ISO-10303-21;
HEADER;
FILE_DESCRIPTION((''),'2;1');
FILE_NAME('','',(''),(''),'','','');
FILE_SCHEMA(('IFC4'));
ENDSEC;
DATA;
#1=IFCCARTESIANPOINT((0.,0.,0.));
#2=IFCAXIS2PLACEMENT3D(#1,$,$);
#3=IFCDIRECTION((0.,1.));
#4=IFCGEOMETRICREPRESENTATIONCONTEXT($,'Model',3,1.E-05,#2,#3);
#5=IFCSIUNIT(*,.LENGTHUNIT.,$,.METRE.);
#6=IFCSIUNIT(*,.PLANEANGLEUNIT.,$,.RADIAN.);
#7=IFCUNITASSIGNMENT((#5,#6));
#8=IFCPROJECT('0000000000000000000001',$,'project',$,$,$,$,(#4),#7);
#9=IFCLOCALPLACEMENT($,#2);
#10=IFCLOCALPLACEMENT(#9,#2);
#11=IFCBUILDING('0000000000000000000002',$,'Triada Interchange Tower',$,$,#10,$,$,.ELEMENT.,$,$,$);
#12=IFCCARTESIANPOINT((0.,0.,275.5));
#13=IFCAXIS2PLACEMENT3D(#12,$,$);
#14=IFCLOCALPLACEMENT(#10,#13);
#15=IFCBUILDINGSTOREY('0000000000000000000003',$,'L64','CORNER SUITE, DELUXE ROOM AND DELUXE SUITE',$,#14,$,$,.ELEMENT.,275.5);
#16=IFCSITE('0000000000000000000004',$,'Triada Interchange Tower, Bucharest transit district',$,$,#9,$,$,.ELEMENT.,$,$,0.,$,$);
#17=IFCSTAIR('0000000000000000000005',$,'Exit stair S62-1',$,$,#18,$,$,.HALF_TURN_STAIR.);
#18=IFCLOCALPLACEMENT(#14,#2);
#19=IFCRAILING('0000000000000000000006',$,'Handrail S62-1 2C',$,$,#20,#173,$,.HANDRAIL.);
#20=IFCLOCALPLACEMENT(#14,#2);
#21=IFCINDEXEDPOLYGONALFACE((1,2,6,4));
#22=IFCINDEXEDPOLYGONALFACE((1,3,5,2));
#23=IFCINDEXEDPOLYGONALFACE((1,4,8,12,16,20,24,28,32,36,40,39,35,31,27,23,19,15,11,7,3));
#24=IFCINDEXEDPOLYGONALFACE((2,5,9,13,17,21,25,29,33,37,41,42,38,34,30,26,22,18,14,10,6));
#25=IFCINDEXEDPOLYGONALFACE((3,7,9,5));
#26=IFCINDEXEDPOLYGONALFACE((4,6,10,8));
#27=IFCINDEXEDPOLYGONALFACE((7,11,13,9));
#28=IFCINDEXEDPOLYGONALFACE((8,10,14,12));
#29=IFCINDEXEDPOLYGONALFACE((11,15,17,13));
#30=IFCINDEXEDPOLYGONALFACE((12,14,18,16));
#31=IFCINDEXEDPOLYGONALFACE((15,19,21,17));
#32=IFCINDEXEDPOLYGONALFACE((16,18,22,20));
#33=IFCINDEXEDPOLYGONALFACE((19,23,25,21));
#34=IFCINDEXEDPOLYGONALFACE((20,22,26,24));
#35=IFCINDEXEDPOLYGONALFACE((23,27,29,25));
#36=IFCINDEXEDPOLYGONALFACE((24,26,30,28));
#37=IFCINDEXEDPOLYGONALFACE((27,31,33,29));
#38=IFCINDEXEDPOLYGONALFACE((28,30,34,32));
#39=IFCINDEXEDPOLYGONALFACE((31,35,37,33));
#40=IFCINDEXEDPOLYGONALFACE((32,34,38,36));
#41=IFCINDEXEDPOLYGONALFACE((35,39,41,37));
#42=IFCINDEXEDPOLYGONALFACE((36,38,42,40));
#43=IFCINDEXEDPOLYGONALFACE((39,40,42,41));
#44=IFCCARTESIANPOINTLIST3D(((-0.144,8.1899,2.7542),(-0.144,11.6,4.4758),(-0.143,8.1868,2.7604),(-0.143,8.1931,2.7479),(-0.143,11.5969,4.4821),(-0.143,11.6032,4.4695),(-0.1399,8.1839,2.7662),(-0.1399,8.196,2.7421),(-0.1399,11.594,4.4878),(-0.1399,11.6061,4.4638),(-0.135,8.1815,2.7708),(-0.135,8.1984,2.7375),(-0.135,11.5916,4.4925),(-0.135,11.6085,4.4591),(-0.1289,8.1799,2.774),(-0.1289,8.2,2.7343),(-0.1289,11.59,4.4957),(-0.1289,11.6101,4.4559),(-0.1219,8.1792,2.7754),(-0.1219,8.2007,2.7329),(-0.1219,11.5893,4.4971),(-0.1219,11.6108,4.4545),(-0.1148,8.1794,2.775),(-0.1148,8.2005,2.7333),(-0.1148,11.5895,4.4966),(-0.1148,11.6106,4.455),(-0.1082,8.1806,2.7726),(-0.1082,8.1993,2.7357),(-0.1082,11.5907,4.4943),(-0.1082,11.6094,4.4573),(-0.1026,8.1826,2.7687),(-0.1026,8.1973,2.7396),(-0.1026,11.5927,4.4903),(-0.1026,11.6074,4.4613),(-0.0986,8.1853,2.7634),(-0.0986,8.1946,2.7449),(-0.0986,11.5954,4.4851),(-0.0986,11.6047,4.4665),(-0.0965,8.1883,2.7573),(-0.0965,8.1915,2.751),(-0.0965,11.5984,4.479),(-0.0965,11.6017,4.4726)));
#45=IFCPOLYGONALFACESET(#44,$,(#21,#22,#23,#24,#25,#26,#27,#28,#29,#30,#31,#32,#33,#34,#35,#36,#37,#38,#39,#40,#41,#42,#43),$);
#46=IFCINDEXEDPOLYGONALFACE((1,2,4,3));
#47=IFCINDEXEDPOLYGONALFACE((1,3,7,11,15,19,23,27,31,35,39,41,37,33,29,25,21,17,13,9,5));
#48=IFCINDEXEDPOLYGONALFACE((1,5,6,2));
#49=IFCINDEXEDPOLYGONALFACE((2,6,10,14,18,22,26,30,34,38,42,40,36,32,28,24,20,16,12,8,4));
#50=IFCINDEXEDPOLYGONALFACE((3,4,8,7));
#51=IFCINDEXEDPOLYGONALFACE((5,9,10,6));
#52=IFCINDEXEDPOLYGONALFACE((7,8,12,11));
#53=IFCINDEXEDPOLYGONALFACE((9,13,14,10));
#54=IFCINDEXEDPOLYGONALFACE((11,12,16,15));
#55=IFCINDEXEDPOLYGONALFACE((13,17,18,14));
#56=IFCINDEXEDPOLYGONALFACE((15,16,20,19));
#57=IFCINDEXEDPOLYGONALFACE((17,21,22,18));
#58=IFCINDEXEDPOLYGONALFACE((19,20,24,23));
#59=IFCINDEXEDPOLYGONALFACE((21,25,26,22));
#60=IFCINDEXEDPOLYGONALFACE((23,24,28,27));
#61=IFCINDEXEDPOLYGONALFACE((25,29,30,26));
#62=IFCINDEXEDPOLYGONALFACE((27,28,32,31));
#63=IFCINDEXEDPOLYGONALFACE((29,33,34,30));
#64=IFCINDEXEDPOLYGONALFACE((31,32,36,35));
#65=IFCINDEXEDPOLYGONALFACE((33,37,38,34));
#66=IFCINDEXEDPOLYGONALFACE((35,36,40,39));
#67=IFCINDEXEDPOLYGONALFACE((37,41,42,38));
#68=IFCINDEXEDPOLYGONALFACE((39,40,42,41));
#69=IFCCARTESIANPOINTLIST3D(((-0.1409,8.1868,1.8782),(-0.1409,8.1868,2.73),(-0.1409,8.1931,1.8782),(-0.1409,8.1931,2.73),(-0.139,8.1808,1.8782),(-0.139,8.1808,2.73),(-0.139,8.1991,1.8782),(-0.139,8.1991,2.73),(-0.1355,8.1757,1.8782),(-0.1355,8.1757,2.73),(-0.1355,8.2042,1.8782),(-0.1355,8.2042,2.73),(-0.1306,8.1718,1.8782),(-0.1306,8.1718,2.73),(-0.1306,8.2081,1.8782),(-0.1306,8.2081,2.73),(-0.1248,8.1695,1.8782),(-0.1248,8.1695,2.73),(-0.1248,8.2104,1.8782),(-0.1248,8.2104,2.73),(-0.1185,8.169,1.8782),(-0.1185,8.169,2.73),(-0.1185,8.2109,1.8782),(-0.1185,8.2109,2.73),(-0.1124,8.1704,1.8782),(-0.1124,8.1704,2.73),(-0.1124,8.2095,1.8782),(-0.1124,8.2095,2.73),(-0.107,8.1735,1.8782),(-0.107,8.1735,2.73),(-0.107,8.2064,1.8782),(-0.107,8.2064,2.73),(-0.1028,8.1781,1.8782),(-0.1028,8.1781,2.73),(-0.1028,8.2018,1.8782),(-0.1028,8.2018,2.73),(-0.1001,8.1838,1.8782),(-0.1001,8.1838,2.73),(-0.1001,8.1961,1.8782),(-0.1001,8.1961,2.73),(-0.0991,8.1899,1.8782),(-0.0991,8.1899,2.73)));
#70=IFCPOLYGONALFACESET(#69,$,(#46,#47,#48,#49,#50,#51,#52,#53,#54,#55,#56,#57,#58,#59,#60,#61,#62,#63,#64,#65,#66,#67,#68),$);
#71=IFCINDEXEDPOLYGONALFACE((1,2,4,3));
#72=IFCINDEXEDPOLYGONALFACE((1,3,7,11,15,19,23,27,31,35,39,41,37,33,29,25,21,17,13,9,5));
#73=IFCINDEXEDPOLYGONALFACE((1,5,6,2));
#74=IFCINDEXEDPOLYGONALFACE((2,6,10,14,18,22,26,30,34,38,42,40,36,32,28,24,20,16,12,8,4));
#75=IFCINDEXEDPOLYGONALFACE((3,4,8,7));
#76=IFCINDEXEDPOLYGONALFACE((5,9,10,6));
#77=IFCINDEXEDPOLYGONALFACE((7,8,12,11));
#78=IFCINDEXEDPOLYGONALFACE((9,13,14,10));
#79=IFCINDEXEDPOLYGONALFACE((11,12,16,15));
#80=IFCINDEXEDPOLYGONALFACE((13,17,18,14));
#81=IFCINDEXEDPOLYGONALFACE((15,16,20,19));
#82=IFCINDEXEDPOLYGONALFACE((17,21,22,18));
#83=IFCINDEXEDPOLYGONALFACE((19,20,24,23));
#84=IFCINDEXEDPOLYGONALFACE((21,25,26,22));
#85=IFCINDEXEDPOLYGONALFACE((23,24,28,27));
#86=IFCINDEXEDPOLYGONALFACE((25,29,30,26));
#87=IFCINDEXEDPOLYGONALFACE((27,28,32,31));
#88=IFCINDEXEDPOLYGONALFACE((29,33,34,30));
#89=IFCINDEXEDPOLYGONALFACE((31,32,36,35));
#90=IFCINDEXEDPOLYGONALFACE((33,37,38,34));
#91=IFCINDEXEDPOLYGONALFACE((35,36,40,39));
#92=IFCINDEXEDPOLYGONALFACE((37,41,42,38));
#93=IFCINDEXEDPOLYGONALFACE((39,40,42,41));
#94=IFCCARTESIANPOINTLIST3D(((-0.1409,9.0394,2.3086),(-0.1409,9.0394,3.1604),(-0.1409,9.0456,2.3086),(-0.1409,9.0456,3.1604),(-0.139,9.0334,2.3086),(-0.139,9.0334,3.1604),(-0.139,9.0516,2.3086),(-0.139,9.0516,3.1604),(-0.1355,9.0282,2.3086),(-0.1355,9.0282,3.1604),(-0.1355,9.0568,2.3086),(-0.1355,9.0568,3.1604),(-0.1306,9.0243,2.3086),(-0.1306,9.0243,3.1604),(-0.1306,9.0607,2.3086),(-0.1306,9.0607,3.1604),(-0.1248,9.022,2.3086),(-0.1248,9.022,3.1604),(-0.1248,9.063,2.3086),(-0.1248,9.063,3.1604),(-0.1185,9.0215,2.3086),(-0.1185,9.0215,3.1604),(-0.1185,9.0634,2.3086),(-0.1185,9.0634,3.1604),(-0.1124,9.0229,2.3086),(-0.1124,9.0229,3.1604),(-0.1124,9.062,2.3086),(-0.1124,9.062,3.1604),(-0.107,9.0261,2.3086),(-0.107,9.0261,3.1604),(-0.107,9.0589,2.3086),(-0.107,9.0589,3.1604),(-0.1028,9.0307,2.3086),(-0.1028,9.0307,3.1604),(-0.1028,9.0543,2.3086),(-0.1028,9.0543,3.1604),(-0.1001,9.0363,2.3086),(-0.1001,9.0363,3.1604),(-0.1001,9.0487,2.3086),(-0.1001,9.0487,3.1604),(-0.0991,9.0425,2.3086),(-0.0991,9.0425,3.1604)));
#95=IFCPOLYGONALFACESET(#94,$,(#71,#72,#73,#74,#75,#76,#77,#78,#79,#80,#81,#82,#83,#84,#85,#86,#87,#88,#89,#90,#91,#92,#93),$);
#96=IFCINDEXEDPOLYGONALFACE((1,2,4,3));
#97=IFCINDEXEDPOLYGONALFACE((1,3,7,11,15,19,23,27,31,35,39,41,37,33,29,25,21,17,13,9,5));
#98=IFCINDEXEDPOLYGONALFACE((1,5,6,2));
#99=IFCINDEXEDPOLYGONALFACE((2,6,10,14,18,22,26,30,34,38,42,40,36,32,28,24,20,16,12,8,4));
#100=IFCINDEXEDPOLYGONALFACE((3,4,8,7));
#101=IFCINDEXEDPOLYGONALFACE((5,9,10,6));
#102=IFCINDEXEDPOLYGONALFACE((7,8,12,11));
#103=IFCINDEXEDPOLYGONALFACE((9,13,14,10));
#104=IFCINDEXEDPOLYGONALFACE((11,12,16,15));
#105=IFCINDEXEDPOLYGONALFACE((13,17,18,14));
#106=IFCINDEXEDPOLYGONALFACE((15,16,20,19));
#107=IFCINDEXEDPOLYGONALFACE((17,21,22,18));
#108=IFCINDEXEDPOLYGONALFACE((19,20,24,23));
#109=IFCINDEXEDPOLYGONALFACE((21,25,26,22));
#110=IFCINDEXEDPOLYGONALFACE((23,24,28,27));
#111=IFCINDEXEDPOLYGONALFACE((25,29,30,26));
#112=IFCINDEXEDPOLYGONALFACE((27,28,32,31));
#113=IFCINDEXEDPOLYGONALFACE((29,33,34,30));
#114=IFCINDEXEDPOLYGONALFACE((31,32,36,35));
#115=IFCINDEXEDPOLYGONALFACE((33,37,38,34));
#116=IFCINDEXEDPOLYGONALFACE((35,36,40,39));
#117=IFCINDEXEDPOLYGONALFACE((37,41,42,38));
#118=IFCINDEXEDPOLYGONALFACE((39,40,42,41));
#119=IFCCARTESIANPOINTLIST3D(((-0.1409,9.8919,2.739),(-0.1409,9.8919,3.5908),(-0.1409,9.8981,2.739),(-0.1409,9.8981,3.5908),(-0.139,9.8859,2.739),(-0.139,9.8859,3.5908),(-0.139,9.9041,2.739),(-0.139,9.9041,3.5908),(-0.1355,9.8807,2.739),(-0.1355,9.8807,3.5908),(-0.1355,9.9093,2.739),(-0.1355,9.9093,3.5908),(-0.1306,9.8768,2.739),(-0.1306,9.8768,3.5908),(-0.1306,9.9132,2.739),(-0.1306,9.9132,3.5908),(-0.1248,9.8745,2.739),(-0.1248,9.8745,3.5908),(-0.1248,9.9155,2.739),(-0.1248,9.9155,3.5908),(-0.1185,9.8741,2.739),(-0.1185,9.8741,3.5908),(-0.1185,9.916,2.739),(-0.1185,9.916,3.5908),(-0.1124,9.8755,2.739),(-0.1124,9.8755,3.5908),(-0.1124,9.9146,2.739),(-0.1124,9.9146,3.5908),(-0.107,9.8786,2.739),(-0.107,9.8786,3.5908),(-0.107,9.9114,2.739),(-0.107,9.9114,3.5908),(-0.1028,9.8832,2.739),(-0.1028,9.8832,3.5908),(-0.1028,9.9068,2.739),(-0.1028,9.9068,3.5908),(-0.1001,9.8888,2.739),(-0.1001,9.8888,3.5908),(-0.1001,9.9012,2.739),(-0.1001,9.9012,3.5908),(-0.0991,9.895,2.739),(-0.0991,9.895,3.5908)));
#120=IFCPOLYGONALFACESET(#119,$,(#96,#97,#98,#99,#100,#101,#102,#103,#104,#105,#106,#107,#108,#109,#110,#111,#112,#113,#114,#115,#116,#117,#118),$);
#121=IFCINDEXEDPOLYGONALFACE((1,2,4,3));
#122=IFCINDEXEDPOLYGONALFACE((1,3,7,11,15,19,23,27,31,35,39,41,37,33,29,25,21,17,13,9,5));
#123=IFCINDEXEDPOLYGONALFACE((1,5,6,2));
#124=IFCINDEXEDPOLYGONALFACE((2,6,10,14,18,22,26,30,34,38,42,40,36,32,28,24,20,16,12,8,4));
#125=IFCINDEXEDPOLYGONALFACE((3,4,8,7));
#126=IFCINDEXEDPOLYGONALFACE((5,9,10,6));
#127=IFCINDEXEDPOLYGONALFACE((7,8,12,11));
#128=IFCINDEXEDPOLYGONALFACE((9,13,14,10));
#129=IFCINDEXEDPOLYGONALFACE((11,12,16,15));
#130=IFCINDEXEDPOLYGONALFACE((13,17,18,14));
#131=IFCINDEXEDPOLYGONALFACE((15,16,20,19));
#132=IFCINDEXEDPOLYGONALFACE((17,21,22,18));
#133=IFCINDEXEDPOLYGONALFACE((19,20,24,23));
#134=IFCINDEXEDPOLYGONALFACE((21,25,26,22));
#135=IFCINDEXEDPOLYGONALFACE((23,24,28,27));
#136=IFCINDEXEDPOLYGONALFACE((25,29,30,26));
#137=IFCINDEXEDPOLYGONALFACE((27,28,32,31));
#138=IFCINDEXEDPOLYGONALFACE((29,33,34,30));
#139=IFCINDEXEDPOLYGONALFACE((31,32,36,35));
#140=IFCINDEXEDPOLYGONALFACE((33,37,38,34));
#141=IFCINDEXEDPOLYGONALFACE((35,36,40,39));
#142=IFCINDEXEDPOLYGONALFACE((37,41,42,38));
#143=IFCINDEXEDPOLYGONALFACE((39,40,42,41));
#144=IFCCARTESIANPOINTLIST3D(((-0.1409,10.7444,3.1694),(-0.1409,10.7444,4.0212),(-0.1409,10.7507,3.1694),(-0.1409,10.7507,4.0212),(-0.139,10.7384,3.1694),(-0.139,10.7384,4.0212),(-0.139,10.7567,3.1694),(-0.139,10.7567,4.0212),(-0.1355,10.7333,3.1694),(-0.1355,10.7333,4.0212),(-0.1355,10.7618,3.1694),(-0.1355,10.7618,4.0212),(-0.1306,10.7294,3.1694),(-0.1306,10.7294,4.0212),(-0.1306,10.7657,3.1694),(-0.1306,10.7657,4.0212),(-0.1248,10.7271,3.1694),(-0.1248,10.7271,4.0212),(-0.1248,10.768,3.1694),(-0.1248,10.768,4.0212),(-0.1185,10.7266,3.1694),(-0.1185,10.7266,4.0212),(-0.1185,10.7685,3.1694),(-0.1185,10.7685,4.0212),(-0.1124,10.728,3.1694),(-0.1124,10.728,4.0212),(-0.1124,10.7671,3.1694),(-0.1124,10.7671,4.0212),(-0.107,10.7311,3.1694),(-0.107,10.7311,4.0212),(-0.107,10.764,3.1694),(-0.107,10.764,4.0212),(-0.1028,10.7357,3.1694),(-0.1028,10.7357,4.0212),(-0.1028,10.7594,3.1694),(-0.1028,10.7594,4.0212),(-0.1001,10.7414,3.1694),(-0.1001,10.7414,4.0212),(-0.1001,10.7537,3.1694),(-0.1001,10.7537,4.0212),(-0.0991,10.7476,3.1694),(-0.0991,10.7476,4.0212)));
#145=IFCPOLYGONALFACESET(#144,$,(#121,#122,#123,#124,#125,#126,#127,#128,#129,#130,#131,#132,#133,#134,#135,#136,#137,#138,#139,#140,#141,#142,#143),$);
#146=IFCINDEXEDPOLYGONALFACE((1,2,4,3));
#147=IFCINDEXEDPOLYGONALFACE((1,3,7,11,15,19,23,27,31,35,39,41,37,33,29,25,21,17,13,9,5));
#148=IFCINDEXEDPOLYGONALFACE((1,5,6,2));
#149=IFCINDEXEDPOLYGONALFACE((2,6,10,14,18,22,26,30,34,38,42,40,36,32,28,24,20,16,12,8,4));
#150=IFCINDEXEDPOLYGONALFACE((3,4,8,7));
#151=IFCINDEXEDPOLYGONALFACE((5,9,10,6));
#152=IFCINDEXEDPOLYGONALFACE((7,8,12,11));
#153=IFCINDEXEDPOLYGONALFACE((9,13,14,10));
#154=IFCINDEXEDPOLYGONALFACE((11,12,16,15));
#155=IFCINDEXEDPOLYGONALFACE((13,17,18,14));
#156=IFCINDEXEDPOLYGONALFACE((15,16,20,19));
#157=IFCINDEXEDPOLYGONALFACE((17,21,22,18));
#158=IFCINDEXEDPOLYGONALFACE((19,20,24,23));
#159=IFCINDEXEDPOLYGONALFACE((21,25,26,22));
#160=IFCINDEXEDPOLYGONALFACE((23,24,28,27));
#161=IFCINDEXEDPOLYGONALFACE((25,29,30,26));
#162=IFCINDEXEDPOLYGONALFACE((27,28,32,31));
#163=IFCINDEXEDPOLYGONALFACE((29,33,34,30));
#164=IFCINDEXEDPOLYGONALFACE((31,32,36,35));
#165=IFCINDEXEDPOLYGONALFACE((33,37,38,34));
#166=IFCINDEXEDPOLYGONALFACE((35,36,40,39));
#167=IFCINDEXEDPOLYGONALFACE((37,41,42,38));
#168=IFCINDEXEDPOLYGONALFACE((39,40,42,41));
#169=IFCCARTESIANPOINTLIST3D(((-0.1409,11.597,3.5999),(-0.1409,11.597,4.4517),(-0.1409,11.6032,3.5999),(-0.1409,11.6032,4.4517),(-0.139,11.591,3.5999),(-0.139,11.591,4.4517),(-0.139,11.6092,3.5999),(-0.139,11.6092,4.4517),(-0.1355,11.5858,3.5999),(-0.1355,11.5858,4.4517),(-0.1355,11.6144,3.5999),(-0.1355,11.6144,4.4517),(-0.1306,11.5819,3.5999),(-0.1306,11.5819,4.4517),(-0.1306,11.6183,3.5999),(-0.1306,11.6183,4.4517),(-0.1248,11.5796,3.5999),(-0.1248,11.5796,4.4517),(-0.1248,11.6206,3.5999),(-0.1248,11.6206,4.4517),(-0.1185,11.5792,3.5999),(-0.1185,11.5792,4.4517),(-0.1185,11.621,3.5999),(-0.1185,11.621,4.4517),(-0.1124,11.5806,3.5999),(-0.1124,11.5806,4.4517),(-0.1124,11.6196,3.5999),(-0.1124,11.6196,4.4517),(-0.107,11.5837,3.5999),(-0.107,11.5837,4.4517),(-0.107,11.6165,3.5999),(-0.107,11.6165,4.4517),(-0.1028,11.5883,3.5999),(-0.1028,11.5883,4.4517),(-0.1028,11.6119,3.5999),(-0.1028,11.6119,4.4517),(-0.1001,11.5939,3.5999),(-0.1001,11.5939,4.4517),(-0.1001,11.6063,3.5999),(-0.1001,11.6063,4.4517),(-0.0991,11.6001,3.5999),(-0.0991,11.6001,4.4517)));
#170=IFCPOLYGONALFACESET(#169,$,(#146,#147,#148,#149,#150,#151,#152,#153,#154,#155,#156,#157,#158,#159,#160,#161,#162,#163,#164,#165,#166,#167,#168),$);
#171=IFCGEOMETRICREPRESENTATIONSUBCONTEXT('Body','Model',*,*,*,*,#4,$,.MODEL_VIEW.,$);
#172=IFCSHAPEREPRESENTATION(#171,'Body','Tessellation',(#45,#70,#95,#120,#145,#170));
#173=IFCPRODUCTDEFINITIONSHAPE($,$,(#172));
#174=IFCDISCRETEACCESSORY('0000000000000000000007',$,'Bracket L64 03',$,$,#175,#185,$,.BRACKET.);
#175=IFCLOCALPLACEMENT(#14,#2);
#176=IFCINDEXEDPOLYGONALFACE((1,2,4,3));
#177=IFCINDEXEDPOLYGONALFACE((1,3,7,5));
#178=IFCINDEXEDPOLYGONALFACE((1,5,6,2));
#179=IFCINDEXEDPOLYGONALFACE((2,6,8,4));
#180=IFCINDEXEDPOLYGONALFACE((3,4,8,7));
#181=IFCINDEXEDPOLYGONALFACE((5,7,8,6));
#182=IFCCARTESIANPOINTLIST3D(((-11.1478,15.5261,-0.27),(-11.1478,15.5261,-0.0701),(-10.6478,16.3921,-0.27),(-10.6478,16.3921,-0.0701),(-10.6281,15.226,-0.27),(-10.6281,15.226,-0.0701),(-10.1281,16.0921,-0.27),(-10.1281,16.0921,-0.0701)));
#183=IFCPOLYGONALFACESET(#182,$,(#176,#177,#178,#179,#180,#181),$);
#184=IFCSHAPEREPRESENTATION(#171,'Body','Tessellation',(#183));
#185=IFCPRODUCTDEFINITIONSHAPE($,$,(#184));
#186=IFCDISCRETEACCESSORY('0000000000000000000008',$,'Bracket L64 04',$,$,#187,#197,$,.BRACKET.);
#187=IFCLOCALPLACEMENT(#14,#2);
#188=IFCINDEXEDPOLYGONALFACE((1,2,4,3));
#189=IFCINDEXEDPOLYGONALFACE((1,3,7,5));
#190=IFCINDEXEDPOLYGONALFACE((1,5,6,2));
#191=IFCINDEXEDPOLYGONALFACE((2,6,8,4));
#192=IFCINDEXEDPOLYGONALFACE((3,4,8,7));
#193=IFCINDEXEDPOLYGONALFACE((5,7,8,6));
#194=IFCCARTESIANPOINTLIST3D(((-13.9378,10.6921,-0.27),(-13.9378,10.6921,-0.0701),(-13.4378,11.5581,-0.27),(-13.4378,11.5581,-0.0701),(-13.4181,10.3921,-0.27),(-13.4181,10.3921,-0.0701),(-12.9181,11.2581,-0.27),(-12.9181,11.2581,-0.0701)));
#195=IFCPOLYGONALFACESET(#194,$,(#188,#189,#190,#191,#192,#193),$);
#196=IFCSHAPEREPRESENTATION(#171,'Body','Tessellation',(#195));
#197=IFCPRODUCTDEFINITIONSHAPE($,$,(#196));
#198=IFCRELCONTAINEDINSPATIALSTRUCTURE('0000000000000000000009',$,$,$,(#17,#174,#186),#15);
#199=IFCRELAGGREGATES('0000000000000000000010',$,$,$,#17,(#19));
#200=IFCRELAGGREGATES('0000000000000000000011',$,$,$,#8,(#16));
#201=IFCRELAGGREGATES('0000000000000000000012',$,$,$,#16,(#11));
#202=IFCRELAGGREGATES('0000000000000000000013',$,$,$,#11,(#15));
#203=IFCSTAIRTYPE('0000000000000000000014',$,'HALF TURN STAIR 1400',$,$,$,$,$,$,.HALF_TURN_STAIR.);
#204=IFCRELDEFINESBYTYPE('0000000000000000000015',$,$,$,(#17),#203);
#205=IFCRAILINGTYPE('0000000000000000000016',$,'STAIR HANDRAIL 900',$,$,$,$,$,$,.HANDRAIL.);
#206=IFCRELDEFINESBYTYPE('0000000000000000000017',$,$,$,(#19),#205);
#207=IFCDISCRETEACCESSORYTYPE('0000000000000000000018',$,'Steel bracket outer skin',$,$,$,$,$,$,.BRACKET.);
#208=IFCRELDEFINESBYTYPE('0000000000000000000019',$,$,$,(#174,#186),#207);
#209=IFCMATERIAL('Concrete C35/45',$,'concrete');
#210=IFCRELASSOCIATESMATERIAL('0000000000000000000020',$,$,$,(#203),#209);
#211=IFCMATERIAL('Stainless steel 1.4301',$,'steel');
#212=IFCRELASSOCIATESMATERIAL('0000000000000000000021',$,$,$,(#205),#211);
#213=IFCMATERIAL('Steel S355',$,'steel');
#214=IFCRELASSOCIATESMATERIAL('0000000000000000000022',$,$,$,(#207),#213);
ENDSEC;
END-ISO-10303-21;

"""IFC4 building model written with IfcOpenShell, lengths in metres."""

from ifc_helpers import new_model, si_unit, direction, frame, origin, origin_2d, place, context, subcontext, project, spatial, rectangle, circle, extrude, material, type_object, element, aggregate, save


model = new_model("IFC4")

# Units and contexts
model_context = context("Model", 3, precision=1e-05, world=origin(), true_north=direction((0.0, 1.0)))
body_context = subcontext(model_context, "Body", "Model", "MODEL_VIEW")
ifc_project = project(units=[si_unit("LENGTHUNIT", "METRE"), si_unit("PLANEANGLEUNIT", "RADIAN")], contexts=[model_context])

# Site, building, storey
site_placement = place(None, origin())
site = spatial("IfcSite", under=ifc_project, at=site_placement, Name="Triada Interchange Tower, Bucharest transit district", CompositionType="ELEMENT", RefElevation=0.0)
building_placement = place(site_placement, origin())
building = spatial("IfcBuilding", under=site, at=building_placement, Name="Triada Interchange Tower", CompositionType="ELEMENT")
storey_placement = place(building_placement, frame((0.0, 0.0, 275.5)))
storey = spatial("IfcBuildingStorey", under=building, at=storey_placement, Name="L64", Description="CORNER SUITE, DELUXE ROOM AND DELUXE SUITE", CompositionType="ELEMENT", Elevation=275.5)

# Stair
ifc_material_1 = material(Name="Concrete C35/45", Category="concrete")
stair_type = type_object("IfcStairType", Name="HALF TURN STAIR 1400", PredefinedType="HALF_TURN_STAIR", material=ifc_material_1)
stair_placement = place(storey_placement, origin())
stair = element("IfcStair", 1, at=stair_placement, inside=storey, type_object=stair_type, Name="Exit stair S62-1", PredefinedType="HALF_TURN_STAIR")

# Railing
ifc_material_2 = material(Name="Stainless steel 1.4301", Category="steel")
railing_type = type_object("IfcRailingType", Name="STAIR HANDRAIL 900", PredefinedType="HANDRAIL", material=ifc_material_2)
railing_1_placement = place(storey_placement, frame((-0.1201, 8.1899, 1.8782)))
railing_1 = element("IfcRailing", 2, at=railing_1_placement, type_object=railing_type, Name="Handrail S62-1 2C", PredefinedType="HANDRAIL", context=body_context, shape_type="SweptSolid", body=[
    extrude(circle(Radius=0.0239, at=origin_2d()), frame((0.0, 0.0, 0.876), z_axis=(0.0, 0.892682, 0.450687), x_axis=(-1.0, 0.0, 0.0)), (0.0, 0.0, 1.0), 3.8201),
    extrude(circle(Radius=0.021, at=origin_2d()), origin(), (0.0, 0.0, 1.0), 0.8518),
    extrude(circle(Radius=0.021, at=origin_2d()), frame((0.0, 0.8525, 0.4304)), (0.0, 0.0, 1.0), 0.8518),
    extrude(circle(Radius=0.021, at=origin_2d()), frame((0.0, 1.7051, 0.8608)), (0.0, 0.0, 1.0), 0.8518),
    extrude(circle(Radius=0.021, at=origin_2d()), frame((0.0, 2.5576, 1.2913)), (0.0, 0.0, 1.0), 0.8518),
    extrude(circle(Radius=0.021, at=origin_2d()), frame((0.0, 3.4102, 1.7217)), (0.0, 0.0, 1.0), 0.8518),
])
aggregate(stair, [railing_1])

# Discrete accessories
ifc_material_3 = material(Name="Steel S355", Category="steel")
discrete_accessory_type = type_object("IfcDiscreteAccessoryType", Name="Steel bracket outer skin", PredefinedType="BRACKET", material=ifc_material_3)
for number, where, z_axis, x_axis, name in (
    (3, (-10.6379, 15.8091, -0.27), (0.0, 0.0, 1.0), (-0.866029, 0.499994, 0.0), "Bracket L64 03"),
    (4, (-13.428, 10.9751, -0.27), (0.0, 0.0, 1.0), (-0.866029, 0.499994, 0.0), "Bracket L64 04"),
):
    element("IfcDiscreteAccessory", number, at=place(storey_placement, frame(where, z_axis=z_axis, x_axis=x_axis)), inside=storey, type_object=discrete_accessory_type, Name=name, PredefinedType="BRACKET", context=body_context, shape_type="SweptSolid", body=[
        extrude(rectangle(XDim=0.6001, YDim=1.0, at=origin_2d()), origin(), (0.0, 0.0, 1.0), 0.2),
    ])

save(model, "model.ifc")
